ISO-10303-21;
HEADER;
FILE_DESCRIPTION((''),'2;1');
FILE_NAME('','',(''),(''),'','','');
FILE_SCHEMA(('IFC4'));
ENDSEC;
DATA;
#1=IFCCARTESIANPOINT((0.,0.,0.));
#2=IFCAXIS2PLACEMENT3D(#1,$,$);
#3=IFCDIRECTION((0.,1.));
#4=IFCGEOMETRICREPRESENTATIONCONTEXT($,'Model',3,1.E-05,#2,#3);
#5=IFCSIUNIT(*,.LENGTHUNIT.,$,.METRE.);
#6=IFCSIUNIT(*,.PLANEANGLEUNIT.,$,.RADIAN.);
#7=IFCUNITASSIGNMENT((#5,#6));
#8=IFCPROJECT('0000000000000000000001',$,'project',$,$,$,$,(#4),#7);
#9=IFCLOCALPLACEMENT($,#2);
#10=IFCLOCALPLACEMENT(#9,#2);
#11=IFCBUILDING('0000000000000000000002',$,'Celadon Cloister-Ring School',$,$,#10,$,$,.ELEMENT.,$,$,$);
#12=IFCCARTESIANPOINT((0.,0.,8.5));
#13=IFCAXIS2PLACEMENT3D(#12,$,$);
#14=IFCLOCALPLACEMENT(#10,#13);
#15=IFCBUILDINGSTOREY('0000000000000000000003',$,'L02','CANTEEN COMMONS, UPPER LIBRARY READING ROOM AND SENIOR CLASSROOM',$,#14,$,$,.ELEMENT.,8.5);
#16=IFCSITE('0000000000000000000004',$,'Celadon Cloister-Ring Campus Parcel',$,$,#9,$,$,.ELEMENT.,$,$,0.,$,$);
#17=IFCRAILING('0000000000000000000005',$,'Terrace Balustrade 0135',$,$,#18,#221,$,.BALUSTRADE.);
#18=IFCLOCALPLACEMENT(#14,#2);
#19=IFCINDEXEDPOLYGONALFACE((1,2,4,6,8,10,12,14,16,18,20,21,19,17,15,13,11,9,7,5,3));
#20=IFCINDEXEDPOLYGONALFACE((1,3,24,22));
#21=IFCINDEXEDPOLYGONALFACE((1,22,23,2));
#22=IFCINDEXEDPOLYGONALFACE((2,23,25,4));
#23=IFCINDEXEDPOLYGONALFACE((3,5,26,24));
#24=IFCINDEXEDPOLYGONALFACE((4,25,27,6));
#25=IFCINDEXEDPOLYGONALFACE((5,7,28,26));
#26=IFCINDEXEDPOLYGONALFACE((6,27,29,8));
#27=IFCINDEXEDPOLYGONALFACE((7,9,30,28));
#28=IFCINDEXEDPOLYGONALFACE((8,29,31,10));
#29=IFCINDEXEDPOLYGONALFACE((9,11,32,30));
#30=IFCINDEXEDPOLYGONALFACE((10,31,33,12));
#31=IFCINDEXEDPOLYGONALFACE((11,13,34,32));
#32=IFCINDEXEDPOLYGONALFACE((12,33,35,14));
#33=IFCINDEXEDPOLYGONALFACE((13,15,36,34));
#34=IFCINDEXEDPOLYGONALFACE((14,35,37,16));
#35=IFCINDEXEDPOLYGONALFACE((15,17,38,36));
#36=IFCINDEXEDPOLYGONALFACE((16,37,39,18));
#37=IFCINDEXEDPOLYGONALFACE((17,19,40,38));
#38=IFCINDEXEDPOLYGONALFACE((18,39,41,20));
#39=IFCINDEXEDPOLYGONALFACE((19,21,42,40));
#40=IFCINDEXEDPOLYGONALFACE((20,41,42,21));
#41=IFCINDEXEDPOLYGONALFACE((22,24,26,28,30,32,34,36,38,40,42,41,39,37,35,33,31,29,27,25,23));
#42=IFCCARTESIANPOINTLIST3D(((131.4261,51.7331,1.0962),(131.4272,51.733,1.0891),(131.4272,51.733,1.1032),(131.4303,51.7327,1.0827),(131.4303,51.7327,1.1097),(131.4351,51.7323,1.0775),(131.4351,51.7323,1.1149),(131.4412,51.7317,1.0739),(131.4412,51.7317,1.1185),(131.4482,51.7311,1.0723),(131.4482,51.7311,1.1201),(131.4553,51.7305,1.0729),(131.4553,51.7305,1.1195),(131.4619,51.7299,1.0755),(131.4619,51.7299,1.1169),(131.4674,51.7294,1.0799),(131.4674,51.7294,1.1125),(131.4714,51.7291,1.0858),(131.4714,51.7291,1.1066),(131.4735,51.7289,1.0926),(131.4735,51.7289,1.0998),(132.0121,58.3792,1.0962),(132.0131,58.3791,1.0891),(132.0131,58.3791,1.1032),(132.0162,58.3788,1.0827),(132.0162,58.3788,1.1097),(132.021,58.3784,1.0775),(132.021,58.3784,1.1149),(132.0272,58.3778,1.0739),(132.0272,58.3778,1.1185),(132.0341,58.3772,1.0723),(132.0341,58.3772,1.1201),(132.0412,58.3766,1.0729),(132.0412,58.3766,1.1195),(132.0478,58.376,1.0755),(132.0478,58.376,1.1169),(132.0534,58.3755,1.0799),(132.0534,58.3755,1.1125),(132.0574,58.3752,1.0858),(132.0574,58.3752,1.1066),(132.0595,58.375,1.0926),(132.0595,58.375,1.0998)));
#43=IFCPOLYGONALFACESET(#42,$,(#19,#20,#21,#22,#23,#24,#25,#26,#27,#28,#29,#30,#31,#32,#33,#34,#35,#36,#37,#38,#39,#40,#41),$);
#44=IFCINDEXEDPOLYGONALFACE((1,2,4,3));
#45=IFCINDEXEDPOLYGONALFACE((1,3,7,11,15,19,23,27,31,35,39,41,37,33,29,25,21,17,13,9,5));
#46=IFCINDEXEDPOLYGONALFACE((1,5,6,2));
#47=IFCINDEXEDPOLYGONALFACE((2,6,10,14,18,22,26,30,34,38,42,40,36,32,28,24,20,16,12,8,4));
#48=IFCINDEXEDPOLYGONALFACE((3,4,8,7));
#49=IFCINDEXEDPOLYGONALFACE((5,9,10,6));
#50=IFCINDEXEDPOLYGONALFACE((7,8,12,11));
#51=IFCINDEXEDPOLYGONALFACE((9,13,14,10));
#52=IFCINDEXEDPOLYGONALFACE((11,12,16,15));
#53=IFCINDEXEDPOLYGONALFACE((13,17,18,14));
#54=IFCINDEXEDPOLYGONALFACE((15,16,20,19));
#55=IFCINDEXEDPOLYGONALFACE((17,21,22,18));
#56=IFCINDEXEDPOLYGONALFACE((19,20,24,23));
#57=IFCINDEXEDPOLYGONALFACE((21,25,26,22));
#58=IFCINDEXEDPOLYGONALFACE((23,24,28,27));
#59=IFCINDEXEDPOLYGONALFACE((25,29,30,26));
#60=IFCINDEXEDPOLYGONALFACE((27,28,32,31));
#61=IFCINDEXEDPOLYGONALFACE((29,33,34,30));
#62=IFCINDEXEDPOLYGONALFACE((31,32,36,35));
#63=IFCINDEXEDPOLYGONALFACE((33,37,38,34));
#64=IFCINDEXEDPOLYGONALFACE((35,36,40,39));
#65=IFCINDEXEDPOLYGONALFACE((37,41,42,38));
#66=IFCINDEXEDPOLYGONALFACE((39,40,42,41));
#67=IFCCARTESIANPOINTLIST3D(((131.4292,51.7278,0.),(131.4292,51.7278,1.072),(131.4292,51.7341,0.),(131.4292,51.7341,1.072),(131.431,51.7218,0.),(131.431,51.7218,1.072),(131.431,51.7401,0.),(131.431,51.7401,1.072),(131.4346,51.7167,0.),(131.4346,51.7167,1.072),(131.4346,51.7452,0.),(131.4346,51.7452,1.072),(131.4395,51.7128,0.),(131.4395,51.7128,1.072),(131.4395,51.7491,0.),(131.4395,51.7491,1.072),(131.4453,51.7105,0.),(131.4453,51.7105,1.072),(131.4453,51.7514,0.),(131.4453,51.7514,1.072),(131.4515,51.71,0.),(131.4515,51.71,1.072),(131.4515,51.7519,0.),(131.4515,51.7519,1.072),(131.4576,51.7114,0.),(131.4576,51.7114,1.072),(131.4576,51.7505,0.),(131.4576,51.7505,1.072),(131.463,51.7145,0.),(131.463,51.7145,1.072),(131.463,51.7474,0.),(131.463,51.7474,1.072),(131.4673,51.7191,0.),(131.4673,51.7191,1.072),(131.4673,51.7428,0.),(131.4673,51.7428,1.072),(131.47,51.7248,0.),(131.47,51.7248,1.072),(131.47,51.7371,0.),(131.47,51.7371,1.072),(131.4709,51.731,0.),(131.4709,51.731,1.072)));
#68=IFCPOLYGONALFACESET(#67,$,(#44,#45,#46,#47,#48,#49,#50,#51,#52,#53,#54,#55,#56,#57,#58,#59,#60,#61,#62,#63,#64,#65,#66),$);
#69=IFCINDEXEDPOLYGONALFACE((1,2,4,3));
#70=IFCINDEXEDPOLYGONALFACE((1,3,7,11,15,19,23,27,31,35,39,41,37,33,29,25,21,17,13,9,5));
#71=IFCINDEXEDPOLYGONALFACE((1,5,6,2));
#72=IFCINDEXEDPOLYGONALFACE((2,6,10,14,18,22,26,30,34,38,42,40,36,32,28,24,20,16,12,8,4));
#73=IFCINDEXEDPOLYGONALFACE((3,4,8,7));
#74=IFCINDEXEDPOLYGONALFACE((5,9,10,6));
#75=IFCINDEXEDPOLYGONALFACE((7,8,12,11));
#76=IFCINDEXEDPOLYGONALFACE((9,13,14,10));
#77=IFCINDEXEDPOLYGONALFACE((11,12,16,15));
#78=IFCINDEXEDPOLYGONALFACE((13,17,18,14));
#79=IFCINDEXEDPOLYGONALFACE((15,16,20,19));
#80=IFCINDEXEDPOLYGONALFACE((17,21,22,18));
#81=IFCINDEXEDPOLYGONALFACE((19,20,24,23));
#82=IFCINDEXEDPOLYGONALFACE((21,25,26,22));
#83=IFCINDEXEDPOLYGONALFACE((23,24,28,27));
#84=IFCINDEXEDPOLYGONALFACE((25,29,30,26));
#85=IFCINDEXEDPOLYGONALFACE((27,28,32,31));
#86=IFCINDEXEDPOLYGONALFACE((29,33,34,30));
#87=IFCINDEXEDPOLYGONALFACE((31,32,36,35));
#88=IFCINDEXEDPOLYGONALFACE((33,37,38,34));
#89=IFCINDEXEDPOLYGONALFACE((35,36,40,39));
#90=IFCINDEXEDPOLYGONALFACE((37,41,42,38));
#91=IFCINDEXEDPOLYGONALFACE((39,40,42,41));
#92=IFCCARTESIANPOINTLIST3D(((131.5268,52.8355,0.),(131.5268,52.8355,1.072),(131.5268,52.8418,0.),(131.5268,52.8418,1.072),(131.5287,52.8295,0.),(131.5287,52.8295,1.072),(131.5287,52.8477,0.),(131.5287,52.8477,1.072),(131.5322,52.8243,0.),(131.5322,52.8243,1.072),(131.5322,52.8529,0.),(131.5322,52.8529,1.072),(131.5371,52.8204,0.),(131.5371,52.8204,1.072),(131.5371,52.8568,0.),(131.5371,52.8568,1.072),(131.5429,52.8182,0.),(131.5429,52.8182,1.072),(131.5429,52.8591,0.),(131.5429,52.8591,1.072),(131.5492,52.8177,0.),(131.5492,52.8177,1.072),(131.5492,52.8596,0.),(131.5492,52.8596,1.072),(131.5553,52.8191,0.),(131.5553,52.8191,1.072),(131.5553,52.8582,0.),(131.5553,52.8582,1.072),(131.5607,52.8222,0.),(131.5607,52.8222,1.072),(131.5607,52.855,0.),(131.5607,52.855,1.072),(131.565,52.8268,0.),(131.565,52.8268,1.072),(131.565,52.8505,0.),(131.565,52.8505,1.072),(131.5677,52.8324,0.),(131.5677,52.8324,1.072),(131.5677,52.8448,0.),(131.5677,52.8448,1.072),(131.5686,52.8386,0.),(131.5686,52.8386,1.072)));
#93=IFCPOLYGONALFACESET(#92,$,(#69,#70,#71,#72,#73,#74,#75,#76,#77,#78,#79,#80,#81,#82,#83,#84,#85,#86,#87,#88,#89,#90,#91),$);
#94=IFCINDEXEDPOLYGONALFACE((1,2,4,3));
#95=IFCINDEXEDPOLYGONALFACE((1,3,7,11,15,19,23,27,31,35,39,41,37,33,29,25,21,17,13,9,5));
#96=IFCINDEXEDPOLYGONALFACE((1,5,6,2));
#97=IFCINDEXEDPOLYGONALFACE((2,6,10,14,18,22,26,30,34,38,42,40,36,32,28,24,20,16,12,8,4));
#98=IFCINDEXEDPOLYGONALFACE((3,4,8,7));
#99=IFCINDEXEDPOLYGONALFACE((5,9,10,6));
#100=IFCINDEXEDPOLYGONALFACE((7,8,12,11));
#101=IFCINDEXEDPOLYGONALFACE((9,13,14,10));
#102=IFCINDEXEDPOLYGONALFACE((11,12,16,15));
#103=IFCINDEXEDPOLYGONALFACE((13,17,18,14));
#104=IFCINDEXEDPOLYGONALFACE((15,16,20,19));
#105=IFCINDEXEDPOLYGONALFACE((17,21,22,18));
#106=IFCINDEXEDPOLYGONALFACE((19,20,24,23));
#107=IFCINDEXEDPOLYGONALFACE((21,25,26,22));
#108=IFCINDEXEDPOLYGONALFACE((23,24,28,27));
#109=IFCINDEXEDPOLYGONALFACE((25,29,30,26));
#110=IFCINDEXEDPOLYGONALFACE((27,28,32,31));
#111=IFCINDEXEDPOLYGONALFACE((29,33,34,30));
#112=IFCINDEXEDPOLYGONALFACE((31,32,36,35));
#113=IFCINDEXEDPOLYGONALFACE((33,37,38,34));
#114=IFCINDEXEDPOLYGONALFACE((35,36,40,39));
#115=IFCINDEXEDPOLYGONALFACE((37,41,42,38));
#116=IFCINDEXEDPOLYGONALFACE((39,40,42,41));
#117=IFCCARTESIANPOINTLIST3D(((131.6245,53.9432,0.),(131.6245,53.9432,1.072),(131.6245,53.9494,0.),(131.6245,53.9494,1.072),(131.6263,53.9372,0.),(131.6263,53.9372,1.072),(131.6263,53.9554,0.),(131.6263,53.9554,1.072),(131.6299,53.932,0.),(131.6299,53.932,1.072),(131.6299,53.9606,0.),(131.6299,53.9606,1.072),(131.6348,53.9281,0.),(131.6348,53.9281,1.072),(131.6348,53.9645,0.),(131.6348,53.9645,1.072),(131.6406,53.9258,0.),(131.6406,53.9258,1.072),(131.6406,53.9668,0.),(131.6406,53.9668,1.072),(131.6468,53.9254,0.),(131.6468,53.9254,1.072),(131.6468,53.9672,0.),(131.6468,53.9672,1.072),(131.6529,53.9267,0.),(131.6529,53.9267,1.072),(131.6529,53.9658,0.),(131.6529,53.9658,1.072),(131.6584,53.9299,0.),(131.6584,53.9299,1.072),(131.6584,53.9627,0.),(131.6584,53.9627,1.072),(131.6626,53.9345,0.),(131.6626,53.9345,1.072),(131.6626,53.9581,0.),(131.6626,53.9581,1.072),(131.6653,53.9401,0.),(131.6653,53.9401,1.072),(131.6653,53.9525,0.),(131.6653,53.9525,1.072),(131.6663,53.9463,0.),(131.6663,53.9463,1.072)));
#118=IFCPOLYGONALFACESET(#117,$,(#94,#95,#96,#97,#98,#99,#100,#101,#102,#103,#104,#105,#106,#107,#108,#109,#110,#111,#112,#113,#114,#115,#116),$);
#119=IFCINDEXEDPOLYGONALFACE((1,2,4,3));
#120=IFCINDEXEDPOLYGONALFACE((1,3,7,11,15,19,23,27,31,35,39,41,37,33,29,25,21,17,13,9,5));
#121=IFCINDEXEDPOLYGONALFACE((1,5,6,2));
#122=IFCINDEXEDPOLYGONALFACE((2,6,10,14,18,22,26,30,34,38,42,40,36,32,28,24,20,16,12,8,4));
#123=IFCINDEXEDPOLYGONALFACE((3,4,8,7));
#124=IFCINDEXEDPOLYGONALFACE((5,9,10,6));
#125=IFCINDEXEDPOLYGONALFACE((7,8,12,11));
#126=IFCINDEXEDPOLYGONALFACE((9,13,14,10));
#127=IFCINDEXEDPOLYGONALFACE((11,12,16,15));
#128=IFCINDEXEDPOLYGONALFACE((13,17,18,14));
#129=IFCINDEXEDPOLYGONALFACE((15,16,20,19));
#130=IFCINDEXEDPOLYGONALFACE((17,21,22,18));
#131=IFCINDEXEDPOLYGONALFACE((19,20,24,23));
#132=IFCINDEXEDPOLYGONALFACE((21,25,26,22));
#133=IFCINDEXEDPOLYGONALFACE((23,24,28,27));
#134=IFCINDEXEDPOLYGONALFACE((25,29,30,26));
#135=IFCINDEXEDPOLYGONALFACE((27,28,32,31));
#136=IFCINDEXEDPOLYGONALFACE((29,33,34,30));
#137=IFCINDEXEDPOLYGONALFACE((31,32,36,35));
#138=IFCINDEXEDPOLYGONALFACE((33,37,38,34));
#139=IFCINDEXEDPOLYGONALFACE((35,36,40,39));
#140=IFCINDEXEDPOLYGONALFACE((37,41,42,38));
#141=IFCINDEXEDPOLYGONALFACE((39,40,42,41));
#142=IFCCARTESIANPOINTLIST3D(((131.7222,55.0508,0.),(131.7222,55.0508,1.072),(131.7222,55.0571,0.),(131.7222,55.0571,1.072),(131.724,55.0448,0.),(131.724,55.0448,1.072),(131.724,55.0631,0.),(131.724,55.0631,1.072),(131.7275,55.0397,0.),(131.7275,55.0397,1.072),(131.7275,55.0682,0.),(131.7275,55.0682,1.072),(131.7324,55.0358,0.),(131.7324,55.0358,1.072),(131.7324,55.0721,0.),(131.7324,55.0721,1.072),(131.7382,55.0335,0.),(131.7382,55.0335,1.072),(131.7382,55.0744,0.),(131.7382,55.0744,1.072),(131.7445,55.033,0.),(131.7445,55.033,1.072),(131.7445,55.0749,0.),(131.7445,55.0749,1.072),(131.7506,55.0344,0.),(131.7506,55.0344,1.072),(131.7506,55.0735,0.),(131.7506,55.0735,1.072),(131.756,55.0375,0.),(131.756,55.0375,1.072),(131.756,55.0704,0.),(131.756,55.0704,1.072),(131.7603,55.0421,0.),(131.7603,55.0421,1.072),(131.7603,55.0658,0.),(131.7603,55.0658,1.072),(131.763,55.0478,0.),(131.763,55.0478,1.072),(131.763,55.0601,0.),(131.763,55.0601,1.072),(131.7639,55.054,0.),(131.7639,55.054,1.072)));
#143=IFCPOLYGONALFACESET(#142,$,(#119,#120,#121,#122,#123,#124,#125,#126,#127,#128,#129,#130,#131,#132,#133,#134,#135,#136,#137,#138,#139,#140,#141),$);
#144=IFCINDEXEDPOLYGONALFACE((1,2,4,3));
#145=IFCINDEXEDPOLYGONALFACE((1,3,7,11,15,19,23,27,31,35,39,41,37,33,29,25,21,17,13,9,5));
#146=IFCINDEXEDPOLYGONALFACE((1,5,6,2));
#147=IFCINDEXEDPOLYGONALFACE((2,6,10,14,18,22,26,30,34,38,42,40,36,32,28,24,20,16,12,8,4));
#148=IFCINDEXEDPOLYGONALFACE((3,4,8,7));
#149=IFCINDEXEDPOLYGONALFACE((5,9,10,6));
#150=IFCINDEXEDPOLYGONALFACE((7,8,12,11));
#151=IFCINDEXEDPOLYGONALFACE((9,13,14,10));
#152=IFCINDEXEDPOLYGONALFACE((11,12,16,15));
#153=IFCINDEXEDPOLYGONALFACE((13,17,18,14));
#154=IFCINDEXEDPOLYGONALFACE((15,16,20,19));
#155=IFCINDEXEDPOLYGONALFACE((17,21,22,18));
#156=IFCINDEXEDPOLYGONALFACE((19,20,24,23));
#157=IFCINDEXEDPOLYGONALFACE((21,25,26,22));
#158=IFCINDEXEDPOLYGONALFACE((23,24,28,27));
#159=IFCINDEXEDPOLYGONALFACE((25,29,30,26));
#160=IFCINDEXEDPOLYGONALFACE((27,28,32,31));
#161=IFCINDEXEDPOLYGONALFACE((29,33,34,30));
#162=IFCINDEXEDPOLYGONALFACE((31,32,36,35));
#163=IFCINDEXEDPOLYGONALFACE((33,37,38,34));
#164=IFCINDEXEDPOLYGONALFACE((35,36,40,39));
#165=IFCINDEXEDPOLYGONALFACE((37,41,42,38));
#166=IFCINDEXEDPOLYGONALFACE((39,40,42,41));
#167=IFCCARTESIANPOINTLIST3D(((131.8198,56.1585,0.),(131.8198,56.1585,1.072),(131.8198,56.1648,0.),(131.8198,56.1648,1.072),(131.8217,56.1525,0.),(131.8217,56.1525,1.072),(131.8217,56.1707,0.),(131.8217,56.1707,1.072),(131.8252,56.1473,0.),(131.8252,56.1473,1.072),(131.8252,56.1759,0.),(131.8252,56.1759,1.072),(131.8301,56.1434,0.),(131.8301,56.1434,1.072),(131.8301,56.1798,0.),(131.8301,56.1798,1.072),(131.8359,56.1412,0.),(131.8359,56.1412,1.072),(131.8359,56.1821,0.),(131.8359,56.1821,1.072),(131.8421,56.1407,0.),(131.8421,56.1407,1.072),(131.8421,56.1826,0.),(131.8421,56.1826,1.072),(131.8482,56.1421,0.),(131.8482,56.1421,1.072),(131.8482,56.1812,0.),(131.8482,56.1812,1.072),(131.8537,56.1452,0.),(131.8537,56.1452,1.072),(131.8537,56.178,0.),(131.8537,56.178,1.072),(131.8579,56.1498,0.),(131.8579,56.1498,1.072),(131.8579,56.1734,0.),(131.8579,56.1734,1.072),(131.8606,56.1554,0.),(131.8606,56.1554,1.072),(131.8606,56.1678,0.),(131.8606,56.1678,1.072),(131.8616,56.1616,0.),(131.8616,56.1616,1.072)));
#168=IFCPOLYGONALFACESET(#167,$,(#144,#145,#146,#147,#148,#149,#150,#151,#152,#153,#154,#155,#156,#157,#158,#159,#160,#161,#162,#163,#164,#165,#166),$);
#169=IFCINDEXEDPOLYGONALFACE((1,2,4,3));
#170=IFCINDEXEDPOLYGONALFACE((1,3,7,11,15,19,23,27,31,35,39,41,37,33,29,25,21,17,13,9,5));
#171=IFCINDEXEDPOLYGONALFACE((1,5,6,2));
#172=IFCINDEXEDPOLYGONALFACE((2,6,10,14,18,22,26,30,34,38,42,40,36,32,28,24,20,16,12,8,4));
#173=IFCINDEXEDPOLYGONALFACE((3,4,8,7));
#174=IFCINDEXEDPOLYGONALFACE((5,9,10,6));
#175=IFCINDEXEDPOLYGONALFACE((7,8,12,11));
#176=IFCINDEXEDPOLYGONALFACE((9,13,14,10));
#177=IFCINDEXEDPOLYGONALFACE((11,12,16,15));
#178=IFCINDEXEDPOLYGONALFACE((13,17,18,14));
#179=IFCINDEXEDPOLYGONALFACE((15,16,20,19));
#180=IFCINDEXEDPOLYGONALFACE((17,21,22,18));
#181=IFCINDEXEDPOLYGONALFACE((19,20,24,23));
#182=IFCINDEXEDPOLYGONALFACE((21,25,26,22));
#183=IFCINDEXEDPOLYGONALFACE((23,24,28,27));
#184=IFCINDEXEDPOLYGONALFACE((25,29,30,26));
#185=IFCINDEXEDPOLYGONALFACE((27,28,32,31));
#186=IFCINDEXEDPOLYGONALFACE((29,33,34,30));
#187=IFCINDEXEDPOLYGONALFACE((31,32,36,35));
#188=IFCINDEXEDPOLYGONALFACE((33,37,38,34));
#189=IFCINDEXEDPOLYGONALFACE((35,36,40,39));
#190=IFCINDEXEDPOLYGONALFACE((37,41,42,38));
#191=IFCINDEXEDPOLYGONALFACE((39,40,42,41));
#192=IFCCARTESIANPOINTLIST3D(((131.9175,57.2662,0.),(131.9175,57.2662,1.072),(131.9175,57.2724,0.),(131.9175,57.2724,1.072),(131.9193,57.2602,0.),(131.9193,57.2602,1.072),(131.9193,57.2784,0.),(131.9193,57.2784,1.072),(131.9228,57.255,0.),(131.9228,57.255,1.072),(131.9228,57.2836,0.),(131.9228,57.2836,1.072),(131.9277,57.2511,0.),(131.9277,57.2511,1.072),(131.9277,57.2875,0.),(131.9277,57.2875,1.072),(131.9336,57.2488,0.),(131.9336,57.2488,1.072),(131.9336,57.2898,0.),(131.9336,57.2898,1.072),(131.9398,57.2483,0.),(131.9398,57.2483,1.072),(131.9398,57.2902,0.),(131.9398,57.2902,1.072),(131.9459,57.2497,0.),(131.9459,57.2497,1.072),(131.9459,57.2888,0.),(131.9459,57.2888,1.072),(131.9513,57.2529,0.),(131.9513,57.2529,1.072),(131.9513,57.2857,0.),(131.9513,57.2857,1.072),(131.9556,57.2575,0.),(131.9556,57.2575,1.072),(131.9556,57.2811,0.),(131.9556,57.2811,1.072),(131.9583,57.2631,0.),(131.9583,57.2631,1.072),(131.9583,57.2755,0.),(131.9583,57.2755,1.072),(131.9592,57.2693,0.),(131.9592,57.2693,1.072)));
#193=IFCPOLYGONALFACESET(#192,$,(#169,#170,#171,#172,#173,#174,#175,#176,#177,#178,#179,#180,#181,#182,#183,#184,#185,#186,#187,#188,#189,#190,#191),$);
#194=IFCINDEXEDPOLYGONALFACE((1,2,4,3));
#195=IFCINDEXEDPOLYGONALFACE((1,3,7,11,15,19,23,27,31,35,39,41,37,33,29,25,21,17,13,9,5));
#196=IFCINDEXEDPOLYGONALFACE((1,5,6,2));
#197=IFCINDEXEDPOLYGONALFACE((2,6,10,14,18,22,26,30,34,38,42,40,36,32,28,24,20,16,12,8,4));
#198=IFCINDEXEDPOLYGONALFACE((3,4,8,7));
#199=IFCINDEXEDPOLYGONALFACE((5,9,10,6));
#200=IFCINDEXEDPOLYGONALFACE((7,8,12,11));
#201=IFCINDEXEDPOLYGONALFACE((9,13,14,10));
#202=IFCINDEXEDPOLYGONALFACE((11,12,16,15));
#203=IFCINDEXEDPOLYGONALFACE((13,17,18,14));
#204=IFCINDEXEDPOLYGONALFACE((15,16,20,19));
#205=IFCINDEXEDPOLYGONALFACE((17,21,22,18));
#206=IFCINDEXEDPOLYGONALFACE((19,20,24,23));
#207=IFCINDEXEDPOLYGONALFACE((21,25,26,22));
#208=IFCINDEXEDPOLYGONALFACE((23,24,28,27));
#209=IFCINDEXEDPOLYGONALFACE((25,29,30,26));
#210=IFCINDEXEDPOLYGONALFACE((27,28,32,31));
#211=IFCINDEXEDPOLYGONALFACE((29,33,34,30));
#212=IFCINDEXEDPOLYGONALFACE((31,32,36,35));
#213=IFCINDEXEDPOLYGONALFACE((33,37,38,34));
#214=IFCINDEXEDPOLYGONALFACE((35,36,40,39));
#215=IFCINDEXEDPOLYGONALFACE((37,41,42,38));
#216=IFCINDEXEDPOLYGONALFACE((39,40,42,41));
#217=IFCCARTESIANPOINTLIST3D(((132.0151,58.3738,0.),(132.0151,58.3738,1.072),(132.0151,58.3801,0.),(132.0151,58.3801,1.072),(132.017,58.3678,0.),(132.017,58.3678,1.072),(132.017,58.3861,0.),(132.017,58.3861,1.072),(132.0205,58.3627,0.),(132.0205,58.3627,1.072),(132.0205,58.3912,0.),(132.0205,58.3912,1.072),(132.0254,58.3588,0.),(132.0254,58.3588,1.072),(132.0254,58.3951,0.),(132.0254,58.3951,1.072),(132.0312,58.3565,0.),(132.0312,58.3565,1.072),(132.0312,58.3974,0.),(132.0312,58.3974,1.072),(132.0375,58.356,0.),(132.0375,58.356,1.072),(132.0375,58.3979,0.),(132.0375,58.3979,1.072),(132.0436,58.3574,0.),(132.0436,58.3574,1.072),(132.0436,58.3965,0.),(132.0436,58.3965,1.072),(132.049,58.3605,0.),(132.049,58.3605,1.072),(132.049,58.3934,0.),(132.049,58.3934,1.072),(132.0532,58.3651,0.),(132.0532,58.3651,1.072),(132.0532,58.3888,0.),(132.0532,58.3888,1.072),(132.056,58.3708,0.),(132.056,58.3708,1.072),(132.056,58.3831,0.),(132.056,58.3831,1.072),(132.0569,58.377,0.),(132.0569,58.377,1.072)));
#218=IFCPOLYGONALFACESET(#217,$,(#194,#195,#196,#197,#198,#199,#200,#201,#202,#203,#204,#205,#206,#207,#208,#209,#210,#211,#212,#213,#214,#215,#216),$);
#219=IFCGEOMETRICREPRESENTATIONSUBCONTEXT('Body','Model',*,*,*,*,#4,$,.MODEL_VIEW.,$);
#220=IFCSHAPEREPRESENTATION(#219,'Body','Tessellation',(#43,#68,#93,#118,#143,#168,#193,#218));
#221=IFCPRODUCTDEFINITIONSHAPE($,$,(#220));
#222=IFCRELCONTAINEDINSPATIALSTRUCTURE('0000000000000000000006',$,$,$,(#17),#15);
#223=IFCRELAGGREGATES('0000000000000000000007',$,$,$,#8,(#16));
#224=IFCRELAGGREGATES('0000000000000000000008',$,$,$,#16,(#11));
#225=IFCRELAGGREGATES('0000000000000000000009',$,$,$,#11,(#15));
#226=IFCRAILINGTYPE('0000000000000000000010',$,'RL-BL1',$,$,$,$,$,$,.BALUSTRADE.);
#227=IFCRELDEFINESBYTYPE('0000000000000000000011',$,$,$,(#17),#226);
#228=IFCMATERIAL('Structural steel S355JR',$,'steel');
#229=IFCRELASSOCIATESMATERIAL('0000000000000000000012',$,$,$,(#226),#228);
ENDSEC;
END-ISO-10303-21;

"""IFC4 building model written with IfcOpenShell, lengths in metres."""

from ifc_helpers import new_model, si_unit, direction, frame, origin, origin_2d, place, context, subcontext, project, spatial, circle, extrude, material, type_object, element, save


model = new_model("IFC4")

# Units and contexts
model_context = context("Model", 3, precision=1e-05, world=origin(), true_north=direction((0.0, 1.0)))
body_context = subcontext(model_context, "Body", "Model", "MODEL_VIEW")
ifc_project = project(units=[si_unit("LENGTHUNIT", "METRE"), si_unit("PLANEANGLEUNIT", "RADIAN")], contexts=[model_context])

# Site, building, storey
site_placement = place(None, origin())
site = spatial("IfcSite", under=ifc_project, at=site_placement, Name="Celadon Cloister-Ring Campus Parcel", CompositionType="ELEMENT", RefElevation=0.0)
building_placement = place(site_placement, origin())
building = spatial("IfcBuilding", under=site, at=building_placement, Name="Celadon Cloister-Ring School", CompositionType="ELEMENT")
storey_placement = place(building_placement, frame((0.0, 0.0, 8.5)))
storey = spatial("IfcBuildingStorey", under=building, at=storey_placement, Name="L02", Description="CANTEEN COMMONS, UPPER LIBRARY READING ROOM AND SENIOR CLASSROOM", CompositionType="ELEMENT", Elevation=8.5)

# Railing
ifc_material_1 = material(Name="Structural steel S355JR", Category="steel")
railing_type = type_object("IfcRailingType", Name="RL-BL1", PredefinedType="BALUSTRADE", material=ifc_material_1)
railing_1_placement = place(storey_placement, frame((131.45, 51.731, 0.0)))
element("IfcRailing", 1, at=railing_1_placement, inside=storey, type_object=railing_type, Name="Terrace Balustrade 0135", PredefinedType="BALUSTRADE", context=body_context, shape_type="SweptSolid", body=[
    extrude(circle(Radius=0.0239, at=origin_2d()), frame((0.0, 0.0, 1.0962), z_axis=(0.087823, 0.996136, 0.0), x_axis=(-0.996136, 0.087823, 0.0)), (0.0, 0.0, 1.0), 6.6719),
    extrude(circle(Radius=0.021, at=origin_2d()), origin(), (0.0, 0.0, 1.0), 1.072),
    extrude(circle(Radius=0.021, at=origin_2d()), frame((0.0977, 1.1077, 0.0)), (0.0, 0.0, 1.0), 1.072),
    extrude(circle(Radius=0.021, at=origin_2d()), frame((0.1953, 2.2153, 0.0)), (0.0, 0.0, 1.0), 1.072),
    extrude(circle(Radius=0.021, at=origin_2d()), frame((0.293, 3.323, 0.0)), (0.0, 0.0, 1.0), 1.072),
    extrude(circle(Radius=0.021, at=origin_2d()), frame((0.3906, 4.4307, 0.0)), (0.0, 0.0, 1.0), 1.072),
    extrude(circle(Radius=0.021, at=origin_2d()), frame((0.4883, 5.5383, 0.0)), (0.0, 0.0, 1.0), 1.072),
    extrude(circle(Radius=0.021, at=origin_2d()), frame((0.5859, 6.646, 0.0)), (0.0, 0.0, 1.0), 1.072),
])

save(model, "model.ifc")
